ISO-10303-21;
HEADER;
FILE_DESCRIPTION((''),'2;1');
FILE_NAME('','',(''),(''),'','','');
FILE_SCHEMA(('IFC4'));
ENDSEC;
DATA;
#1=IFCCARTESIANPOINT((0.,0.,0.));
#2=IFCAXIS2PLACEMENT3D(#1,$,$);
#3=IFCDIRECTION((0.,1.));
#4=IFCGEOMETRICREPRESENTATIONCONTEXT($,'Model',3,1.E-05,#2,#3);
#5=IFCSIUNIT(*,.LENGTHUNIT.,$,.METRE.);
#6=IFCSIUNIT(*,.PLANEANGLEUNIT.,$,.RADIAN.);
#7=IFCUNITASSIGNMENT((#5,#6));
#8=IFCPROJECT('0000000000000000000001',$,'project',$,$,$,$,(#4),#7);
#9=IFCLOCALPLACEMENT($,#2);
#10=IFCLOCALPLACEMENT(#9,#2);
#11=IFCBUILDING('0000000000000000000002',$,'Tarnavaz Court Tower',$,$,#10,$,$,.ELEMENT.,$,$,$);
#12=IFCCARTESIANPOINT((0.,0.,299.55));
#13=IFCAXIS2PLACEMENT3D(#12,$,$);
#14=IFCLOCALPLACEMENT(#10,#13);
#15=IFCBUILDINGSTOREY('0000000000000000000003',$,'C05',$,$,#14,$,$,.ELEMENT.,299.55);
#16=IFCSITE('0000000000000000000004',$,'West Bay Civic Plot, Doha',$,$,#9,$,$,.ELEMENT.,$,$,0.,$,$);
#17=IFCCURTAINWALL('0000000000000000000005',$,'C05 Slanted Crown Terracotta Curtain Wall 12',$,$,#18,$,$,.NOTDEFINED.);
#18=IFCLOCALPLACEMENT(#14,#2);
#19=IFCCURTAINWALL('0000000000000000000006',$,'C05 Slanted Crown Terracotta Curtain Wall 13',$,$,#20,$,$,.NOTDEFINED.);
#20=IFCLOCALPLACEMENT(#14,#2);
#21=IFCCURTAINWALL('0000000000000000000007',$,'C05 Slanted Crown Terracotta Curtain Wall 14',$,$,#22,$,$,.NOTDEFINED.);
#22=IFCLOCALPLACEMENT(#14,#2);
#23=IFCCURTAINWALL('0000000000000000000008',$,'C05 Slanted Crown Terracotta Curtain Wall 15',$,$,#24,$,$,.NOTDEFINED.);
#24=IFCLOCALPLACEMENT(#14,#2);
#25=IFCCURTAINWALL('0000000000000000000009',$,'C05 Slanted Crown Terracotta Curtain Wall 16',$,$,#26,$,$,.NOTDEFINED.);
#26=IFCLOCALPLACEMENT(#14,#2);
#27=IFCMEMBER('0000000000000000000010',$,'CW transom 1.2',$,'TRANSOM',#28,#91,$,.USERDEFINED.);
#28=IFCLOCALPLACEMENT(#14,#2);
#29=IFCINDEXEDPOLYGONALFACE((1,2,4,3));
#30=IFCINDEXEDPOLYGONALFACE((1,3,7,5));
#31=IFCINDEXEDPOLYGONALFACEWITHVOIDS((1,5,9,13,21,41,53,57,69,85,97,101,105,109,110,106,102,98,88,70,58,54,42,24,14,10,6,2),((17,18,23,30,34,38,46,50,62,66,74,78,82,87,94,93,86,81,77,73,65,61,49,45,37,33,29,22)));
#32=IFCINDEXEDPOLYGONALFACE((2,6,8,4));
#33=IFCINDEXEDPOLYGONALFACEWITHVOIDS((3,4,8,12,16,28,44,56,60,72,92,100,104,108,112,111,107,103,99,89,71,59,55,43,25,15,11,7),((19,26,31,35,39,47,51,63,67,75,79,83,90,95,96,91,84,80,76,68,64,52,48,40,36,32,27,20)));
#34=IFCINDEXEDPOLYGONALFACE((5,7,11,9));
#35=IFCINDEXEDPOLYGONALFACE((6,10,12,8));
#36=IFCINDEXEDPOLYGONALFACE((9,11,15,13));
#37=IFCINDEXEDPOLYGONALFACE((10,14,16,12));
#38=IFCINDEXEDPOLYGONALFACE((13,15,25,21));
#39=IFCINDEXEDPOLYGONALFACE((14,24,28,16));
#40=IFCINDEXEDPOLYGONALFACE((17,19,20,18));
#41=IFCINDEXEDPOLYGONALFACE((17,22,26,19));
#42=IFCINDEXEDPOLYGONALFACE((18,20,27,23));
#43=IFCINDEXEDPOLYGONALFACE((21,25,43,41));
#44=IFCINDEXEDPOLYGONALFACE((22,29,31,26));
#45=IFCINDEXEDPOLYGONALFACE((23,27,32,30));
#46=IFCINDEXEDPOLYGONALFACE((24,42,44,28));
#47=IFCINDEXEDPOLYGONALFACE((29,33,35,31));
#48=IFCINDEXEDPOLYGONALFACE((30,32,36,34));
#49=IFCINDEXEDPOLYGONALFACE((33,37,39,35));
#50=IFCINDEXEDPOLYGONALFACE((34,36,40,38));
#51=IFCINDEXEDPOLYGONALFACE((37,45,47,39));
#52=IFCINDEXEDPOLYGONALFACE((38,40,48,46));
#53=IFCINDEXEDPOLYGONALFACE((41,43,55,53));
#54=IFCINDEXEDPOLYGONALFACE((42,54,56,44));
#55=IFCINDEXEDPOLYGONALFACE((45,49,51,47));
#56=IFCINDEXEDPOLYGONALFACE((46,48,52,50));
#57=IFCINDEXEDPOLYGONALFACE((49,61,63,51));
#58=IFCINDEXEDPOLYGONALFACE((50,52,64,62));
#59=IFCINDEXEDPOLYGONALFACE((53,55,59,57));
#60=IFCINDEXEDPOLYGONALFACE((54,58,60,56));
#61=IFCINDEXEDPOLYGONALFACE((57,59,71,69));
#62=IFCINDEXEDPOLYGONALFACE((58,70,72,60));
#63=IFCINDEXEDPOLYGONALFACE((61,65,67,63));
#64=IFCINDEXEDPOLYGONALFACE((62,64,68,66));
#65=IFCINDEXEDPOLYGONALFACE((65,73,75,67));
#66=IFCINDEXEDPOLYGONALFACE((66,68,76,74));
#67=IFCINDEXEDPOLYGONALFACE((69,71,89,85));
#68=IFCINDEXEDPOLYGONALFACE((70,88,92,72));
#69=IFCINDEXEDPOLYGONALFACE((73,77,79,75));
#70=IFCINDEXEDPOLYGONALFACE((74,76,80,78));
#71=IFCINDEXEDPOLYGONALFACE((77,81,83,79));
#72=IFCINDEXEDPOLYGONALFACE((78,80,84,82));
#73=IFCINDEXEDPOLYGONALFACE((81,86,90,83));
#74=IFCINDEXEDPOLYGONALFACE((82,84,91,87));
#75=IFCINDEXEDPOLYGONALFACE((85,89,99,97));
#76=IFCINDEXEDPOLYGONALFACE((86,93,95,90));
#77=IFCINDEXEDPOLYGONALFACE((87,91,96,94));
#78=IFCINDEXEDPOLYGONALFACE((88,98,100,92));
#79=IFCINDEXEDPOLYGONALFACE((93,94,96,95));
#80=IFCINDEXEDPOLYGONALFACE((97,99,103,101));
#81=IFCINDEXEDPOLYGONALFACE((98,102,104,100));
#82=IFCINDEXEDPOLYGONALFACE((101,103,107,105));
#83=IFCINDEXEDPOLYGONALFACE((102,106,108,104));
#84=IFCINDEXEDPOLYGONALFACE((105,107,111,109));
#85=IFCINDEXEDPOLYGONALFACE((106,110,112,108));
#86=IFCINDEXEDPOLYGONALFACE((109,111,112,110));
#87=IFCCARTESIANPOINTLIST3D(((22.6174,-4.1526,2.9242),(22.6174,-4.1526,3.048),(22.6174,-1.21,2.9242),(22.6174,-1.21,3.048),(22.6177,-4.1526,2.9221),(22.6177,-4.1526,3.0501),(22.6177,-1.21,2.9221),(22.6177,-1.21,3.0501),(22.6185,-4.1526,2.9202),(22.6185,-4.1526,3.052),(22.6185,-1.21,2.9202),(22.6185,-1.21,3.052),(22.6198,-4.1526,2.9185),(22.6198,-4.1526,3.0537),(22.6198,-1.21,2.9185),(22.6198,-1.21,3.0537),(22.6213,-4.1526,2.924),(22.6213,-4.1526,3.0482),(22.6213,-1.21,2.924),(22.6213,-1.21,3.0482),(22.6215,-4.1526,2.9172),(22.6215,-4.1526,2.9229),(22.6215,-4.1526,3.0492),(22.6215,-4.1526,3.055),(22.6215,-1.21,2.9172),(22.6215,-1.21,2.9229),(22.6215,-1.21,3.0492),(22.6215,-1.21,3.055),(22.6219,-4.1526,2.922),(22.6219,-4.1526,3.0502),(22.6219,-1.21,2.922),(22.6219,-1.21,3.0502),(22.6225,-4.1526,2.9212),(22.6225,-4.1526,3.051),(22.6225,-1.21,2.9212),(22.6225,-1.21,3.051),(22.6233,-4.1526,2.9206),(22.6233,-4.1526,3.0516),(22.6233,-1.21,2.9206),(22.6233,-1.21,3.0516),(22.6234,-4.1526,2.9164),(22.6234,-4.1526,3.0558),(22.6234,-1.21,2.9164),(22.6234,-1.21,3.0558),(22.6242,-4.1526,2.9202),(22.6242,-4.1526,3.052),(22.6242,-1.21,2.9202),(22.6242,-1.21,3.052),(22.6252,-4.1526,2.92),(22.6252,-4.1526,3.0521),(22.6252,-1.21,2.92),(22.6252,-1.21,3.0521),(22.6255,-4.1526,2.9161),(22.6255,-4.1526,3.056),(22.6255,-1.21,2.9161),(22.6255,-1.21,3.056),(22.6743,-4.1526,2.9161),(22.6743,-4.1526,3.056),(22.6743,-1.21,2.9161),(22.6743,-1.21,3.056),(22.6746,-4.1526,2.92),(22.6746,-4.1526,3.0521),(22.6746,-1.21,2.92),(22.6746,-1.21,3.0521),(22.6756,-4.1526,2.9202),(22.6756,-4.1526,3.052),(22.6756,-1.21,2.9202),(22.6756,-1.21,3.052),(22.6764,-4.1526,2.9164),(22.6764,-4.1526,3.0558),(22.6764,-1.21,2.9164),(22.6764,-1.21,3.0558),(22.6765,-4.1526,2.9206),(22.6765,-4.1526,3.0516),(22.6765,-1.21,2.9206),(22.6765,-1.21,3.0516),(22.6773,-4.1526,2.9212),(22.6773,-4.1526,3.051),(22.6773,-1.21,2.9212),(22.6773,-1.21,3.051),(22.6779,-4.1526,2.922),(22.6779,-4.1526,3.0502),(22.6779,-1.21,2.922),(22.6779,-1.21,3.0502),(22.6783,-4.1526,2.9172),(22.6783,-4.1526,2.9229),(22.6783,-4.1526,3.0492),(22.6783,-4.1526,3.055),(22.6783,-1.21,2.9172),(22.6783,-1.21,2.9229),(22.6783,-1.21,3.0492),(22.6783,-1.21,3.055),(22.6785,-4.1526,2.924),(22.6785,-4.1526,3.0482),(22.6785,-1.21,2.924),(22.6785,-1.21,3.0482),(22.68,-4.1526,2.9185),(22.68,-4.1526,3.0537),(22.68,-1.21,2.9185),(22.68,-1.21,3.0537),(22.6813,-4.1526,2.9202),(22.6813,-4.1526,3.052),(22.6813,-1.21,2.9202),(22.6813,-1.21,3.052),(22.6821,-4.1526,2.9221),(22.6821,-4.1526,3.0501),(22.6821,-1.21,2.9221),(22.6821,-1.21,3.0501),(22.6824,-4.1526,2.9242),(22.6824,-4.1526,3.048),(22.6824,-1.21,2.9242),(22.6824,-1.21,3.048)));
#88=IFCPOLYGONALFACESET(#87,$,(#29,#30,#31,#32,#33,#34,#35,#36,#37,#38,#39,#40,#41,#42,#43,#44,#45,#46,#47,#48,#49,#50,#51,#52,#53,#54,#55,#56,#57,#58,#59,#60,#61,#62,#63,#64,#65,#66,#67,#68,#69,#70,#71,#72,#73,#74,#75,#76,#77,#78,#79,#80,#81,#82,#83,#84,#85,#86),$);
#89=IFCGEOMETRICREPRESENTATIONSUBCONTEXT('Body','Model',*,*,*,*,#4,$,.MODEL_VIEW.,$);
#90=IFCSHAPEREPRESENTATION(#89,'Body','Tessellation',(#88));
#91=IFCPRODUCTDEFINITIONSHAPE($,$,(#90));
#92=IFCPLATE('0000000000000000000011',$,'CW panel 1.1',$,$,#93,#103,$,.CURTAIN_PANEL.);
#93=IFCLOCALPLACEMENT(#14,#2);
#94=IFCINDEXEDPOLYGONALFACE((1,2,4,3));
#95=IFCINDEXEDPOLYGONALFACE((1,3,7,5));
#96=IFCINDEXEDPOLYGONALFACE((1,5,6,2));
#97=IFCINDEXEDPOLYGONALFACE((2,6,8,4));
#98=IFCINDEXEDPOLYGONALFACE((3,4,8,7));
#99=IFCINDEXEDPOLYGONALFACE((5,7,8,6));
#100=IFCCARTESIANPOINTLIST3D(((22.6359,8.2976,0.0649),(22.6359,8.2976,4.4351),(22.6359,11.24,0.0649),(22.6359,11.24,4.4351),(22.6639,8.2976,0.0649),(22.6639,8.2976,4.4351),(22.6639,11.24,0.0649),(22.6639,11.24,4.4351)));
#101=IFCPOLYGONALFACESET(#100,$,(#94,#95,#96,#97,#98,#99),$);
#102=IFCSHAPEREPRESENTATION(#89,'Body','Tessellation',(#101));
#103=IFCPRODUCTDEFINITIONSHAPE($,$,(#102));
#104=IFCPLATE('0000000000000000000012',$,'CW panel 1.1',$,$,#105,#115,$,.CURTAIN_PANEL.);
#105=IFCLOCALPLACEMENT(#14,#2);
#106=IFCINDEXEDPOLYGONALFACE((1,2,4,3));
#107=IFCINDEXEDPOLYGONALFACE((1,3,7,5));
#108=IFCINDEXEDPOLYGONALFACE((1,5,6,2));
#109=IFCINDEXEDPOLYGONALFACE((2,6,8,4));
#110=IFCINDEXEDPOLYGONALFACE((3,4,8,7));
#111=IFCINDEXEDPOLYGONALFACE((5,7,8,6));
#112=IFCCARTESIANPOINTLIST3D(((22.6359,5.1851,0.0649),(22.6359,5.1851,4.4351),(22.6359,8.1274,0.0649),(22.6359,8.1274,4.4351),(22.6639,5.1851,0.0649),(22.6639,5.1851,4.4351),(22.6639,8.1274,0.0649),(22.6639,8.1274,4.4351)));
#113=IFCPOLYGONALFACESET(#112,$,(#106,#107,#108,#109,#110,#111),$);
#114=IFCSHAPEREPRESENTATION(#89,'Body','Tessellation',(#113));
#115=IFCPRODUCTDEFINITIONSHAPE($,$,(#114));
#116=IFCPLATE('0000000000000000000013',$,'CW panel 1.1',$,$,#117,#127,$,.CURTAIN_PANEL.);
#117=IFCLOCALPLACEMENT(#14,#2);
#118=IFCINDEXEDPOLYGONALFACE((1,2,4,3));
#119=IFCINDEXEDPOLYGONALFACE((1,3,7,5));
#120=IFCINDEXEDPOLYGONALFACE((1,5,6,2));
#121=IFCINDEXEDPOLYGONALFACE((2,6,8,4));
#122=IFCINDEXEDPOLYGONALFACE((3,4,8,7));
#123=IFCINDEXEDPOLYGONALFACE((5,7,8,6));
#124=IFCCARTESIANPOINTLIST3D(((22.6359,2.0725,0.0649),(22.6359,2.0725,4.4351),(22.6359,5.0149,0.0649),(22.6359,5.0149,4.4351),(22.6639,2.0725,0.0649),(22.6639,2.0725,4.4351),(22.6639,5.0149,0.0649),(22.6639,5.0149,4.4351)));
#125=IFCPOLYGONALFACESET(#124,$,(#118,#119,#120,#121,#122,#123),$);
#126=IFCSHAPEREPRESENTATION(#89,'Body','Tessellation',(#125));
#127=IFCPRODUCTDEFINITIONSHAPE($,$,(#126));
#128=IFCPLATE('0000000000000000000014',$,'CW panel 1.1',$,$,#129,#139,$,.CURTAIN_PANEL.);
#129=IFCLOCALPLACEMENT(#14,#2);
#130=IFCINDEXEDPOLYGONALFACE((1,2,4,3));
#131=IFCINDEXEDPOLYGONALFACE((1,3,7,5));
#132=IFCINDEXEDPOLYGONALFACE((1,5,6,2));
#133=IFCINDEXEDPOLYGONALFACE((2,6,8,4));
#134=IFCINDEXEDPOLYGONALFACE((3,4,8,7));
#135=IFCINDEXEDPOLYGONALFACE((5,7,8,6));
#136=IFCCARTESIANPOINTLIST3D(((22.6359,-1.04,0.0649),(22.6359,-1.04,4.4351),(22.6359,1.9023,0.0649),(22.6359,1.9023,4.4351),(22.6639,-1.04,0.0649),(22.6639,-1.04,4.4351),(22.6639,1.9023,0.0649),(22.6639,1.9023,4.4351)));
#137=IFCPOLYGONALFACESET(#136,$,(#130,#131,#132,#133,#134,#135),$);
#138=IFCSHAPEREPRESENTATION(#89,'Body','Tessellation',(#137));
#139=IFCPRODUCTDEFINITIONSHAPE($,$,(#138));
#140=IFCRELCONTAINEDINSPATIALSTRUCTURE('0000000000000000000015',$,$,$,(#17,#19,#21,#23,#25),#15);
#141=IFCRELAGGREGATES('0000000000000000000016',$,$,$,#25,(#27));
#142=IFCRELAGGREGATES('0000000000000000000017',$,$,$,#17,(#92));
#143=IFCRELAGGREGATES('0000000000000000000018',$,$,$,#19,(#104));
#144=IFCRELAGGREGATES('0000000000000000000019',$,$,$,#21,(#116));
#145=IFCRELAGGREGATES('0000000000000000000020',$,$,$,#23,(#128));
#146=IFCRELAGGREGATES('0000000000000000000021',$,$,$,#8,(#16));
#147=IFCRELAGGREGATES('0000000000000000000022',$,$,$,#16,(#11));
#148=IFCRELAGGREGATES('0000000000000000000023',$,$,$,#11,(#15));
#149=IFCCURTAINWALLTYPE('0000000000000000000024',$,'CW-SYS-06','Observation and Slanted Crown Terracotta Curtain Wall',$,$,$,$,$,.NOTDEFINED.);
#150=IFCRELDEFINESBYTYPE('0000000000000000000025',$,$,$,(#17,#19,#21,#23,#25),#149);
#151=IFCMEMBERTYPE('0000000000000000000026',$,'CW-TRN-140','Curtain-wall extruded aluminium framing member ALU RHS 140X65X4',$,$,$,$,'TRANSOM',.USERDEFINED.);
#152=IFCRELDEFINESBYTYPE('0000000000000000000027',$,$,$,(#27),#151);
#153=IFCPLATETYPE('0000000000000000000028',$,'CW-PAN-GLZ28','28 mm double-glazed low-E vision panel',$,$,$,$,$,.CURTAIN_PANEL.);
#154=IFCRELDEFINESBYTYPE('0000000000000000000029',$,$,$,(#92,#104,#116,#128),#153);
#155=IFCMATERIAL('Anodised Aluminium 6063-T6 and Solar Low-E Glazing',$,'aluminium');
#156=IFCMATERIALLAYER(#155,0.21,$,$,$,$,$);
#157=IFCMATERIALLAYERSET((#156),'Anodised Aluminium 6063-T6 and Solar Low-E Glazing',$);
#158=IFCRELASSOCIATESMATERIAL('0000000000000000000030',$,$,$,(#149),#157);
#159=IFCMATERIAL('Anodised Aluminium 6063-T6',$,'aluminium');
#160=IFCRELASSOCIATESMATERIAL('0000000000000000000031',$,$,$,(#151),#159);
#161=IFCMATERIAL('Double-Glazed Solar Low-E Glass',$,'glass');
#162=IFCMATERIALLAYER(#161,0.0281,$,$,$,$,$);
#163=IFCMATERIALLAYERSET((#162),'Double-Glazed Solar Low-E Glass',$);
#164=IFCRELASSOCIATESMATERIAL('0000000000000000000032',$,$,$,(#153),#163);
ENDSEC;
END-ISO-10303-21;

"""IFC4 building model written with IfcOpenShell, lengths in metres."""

from ifc_helpers import new_model, si_unit, direction, frame, origin, origin_2d, place, context, subcontext, project, spatial, rectangle, hollow_rectangle, extrude, material, layer, layer_set, material_profile, profile_set, type_object, element, aggregate, save


model = new_model("IFC4")

# Units and contexts
model_context = context("Model", 3, precision=1e-05, world=origin(), true_north=direction((0.0, 1.0)))
body_context = subcontext(model_context, "Body", "Model", "MODEL_VIEW")
ifc_project = project(units=[si_unit("LENGTHUNIT", "METRE"), si_unit("PLANEANGLEUNIT", "RADIAN")], contexts=[model_context])

# Site, building, storey
site_placement = place(None, origin())
site = spatial("IfcSite", under=ifc_project, at=site_placement, Name="West Bay Civic Plot, Doha", CompositionType="ELEMENT", RefElevation=0.0)
building_placement = place(site_placement, origin())
building = spatial("IfcBuilding", under=site, at=building_placement, Name="Tarnavaz Court Tower", CompositionType="ELEMENT")
storey_placement = place(building_placement, frame((0.0, 0.0, 299.55)))
storey = spatial("IfcBuildingStorey", under=building, at=storey_placement, Name="C05", CompositionType="ELEMENT", Elevation=299.55)

# Curtain wall
ifc_material_1 = material(Name="Anodised Aluminium 6063-T6 and Solar Low-E Glazing", Category="aluminium")
ifc_layer_1 = layer(ifc_material_1, 0.21)
ifc_layer_set_1 = layer_set([ifc_layer_1], Name="Anodised Aluminium 6063-T6 and Solar Low-E Glazing")
curtain_wall_type = type_object("IfcCurtainWallType", Name="CW-SYS-06", Description="Observation and Slanted Crown Terracotta Curtain Wall", PredefinedType="NOTDEFINED", material=ifc_layer_set_1)
curtain_wall_1_placement = place(storey_placement, origin())
curtain_wall_1 = element("IfcCurtainWall", 1, at=curtain_wall_1_placement, inside=storey, type_object=curtain_wall_type, Name="C05 Slanted Crown Terracotta Curtain Wall 12", PredefinedType="NOTDEFINED")
ifc_material_2 = material(Name="Anodised Aluminium 6063-T6", Category="aluminium")

# Curtain walls
curtain_wall_2_placement = place(storey_placement, origin())
curtain_wall_2 = element("IfcCurtainWall", 2, at=curtain_wall_2_placement, inside=storey, type_object=curtain_wall_type, Name="C05 Slanted Crown Terracotta Curtain Wall 13", PredefinedType="NOTDEFINED")
curtain_wall_3_placement = place(storey_placement, origin())
curtain_wall_3 = element("IfcCurtainWall", 3, at=curtain_wall_3_placement, inside=storey, type_object=curtain_wall_type, Name="C05 Slanted Crown Terracotta Curtain Wall 14", PredefinedType="NOTDEFINED")
curtain_wall_4_placement = place(storey_placement, origin())
curtain_wall_4 = element("IfcCurtainWall", 4, at=curtain_wall_4_placement, inside=storey, type_object=curtain_wall_type, Name="C05 Slanted Crown Terracotta Curtain Wall 15", PredefinedType="NOTDEFINED")

# Curtain wall
curtain_wall_5_placement = place(storey_placement, origin())
curtain_wall_5 = element("IfcCurtainWall", 5, at=curtain_wall_5_placement, inside=storey, type_object=curtain_wall_type, Name="C05 Slanted Crown Terracotta Curtain Wall 16", PredefinedType="NOTDEFINED")

# Member
ifc_material_profile_1 = material_profile(ifc_material_2, hollow_rectangle(XDim=0.0649, YDim=0.1399, WallThickness=0.0039, InnerFilletRadius=0.0039, OuterFilletRadius=0.0081, at=origin_2d()), Name="ALU RHS 140X65X4")
ifc_profile_set_1 = profile_set([ifc_material_profile_1], Name="Anodised Aluminium 6063-T6")
member_type_1 = type_object("IfcMemberType", Name="CW-TRN-140", Description="Curtain-wall extruded aluminium framing member ALU RHS 140X65X4", ElementType="TRANSOM", PredefinedType="USERDEFINED", material=ifc_profile_set_1)
member_1_placement = place(storey_placement, frame((22.6499, -1.21, 2.9861), z_axis=(0.0, -1.0, 0.0), x_axis=(1.0, 0.0, 0.0)))
member_1 = element("IfcMember", 6, at=member_1_placement, type_object=member_type_1, Name="CW transom 1.2", ObjectType="TRANSOM", PredefinedType="USERDEFINED", context=body_context, shape_type="SweptSolid", body=[
    extrude(hollow_rectangle(XDim=0.0649, YDim=0.1399, WallThickness=0.0039, InnerFilletRadius=0.0039, OuterFilletRadius=0.0081, at=origin_2d()), origin(), (0.0, 0.0, 1.0), 2.9426),
])
aggregate(curtain_wall_5, [member_1])

# Plates
ifc_material_3 = material(Name="Double-Glazed Solar Low-E Glass", Category="glass")
ifc_layer_2 = layer(ifc_material_3, 0.0281)
ifc_layer_set_2 = layer_set([ifc_layer_2], Name="Double-Glazed Solar Low-E Glass")
plate_type = type_object("IfcPlateType", Name="CW-PAN-GLZ28", Description="28 mm double-glazed low-E vision panel", PredefinedType="CURTAIN_PANEL", material=ifc_layer_set_2)
plate_1_placement = place(storey_placement, frame((22.6499, 9.7688, 0.0649), z_axis=(0.0, 0.0, 1.0), x_axis=(0.0, -1.0, 0.0)))
plate_1 = element("IfcPlate", 7, at=plate_1_placement, type_object=plate_type, Name="CW panel 1.1", PredefinedType="CURTAIN_PANEL", context=body_context, shape_type="SweptSolid", body=[
    extrude(rectangle(XDim=2.9424, YDim=0.0281, at=origin_2d()), origin(), (0.0, 0.0, 1.0), 4.3701),
])
aggregate(curtain_wall_1, [plate_1])
plate_2_placement = place(storey_placement, frame((22.6499, 6.6562, 0.0649), z_axis=(0.0, 0.0, 1.0), x_axis=(0.0, -1.0, 0.0)))
plate_2 = element("IfcPlate", 8, at=plate_2_placement, type_object=plate_type, Name="CW panel 1.1", PredefinedType="CURTAIN_PANEL", context=body_context, shape_type="SweptSolid", body=[
    extrude(rectangle(XDim=2.9424, YDim=0.0281, at=origin_2d()), origin(), (0.0, 0.0, 1.0), 4.3701),
])
aggregate(curtain_wall_2, [plate_2])
plate_3_placement = place(storey_placement, frame((22.6499, 3.5437, 0.0649), z_axis=(0.0, 0.0, 1.0), x_axis=(0.0, -1.0, 0.0)))
plate_3 = element("IfcPlate", 9, at=plate_3_placement, type_object=plate_type, Name="CW panel 1.1", PredefinedType="CURTAIN_PANEL", context=body_context, shape_type="SweptSolid", body=[
    extrude(rectangle(XDim=2.9424, YDim=0.0281, at=origin_2d()), origin(), (0.0, 0.0, 1.0), 4.3701),
])
aggregate(curtain_wall_3, [plate_3])
plate_4_placement = place(storey_placement, frame((22.6499, 0.4312, 0.0649), z_axis=(0.0, 0.0, 1.0), x_axis=(0.0, -1.0, 0.0)))
plate_4 = element("IfcPlate", 10, at=plate_4_placement, type_object=plate_type, Name="CW panel 1.1", PredefinedType="CURTAIN_PANEL", context=body_context, shape_type="SweptSolid", body=[
    extrude(rectangle(XDim=2.9424, YDim=0.0281, at=origin_2d()), origin(), (0.0, 0.0, 1.0), 4.3701),
])
aggregate(curtain_wall_4, [plate_4])

save(model, "model.ifc")
